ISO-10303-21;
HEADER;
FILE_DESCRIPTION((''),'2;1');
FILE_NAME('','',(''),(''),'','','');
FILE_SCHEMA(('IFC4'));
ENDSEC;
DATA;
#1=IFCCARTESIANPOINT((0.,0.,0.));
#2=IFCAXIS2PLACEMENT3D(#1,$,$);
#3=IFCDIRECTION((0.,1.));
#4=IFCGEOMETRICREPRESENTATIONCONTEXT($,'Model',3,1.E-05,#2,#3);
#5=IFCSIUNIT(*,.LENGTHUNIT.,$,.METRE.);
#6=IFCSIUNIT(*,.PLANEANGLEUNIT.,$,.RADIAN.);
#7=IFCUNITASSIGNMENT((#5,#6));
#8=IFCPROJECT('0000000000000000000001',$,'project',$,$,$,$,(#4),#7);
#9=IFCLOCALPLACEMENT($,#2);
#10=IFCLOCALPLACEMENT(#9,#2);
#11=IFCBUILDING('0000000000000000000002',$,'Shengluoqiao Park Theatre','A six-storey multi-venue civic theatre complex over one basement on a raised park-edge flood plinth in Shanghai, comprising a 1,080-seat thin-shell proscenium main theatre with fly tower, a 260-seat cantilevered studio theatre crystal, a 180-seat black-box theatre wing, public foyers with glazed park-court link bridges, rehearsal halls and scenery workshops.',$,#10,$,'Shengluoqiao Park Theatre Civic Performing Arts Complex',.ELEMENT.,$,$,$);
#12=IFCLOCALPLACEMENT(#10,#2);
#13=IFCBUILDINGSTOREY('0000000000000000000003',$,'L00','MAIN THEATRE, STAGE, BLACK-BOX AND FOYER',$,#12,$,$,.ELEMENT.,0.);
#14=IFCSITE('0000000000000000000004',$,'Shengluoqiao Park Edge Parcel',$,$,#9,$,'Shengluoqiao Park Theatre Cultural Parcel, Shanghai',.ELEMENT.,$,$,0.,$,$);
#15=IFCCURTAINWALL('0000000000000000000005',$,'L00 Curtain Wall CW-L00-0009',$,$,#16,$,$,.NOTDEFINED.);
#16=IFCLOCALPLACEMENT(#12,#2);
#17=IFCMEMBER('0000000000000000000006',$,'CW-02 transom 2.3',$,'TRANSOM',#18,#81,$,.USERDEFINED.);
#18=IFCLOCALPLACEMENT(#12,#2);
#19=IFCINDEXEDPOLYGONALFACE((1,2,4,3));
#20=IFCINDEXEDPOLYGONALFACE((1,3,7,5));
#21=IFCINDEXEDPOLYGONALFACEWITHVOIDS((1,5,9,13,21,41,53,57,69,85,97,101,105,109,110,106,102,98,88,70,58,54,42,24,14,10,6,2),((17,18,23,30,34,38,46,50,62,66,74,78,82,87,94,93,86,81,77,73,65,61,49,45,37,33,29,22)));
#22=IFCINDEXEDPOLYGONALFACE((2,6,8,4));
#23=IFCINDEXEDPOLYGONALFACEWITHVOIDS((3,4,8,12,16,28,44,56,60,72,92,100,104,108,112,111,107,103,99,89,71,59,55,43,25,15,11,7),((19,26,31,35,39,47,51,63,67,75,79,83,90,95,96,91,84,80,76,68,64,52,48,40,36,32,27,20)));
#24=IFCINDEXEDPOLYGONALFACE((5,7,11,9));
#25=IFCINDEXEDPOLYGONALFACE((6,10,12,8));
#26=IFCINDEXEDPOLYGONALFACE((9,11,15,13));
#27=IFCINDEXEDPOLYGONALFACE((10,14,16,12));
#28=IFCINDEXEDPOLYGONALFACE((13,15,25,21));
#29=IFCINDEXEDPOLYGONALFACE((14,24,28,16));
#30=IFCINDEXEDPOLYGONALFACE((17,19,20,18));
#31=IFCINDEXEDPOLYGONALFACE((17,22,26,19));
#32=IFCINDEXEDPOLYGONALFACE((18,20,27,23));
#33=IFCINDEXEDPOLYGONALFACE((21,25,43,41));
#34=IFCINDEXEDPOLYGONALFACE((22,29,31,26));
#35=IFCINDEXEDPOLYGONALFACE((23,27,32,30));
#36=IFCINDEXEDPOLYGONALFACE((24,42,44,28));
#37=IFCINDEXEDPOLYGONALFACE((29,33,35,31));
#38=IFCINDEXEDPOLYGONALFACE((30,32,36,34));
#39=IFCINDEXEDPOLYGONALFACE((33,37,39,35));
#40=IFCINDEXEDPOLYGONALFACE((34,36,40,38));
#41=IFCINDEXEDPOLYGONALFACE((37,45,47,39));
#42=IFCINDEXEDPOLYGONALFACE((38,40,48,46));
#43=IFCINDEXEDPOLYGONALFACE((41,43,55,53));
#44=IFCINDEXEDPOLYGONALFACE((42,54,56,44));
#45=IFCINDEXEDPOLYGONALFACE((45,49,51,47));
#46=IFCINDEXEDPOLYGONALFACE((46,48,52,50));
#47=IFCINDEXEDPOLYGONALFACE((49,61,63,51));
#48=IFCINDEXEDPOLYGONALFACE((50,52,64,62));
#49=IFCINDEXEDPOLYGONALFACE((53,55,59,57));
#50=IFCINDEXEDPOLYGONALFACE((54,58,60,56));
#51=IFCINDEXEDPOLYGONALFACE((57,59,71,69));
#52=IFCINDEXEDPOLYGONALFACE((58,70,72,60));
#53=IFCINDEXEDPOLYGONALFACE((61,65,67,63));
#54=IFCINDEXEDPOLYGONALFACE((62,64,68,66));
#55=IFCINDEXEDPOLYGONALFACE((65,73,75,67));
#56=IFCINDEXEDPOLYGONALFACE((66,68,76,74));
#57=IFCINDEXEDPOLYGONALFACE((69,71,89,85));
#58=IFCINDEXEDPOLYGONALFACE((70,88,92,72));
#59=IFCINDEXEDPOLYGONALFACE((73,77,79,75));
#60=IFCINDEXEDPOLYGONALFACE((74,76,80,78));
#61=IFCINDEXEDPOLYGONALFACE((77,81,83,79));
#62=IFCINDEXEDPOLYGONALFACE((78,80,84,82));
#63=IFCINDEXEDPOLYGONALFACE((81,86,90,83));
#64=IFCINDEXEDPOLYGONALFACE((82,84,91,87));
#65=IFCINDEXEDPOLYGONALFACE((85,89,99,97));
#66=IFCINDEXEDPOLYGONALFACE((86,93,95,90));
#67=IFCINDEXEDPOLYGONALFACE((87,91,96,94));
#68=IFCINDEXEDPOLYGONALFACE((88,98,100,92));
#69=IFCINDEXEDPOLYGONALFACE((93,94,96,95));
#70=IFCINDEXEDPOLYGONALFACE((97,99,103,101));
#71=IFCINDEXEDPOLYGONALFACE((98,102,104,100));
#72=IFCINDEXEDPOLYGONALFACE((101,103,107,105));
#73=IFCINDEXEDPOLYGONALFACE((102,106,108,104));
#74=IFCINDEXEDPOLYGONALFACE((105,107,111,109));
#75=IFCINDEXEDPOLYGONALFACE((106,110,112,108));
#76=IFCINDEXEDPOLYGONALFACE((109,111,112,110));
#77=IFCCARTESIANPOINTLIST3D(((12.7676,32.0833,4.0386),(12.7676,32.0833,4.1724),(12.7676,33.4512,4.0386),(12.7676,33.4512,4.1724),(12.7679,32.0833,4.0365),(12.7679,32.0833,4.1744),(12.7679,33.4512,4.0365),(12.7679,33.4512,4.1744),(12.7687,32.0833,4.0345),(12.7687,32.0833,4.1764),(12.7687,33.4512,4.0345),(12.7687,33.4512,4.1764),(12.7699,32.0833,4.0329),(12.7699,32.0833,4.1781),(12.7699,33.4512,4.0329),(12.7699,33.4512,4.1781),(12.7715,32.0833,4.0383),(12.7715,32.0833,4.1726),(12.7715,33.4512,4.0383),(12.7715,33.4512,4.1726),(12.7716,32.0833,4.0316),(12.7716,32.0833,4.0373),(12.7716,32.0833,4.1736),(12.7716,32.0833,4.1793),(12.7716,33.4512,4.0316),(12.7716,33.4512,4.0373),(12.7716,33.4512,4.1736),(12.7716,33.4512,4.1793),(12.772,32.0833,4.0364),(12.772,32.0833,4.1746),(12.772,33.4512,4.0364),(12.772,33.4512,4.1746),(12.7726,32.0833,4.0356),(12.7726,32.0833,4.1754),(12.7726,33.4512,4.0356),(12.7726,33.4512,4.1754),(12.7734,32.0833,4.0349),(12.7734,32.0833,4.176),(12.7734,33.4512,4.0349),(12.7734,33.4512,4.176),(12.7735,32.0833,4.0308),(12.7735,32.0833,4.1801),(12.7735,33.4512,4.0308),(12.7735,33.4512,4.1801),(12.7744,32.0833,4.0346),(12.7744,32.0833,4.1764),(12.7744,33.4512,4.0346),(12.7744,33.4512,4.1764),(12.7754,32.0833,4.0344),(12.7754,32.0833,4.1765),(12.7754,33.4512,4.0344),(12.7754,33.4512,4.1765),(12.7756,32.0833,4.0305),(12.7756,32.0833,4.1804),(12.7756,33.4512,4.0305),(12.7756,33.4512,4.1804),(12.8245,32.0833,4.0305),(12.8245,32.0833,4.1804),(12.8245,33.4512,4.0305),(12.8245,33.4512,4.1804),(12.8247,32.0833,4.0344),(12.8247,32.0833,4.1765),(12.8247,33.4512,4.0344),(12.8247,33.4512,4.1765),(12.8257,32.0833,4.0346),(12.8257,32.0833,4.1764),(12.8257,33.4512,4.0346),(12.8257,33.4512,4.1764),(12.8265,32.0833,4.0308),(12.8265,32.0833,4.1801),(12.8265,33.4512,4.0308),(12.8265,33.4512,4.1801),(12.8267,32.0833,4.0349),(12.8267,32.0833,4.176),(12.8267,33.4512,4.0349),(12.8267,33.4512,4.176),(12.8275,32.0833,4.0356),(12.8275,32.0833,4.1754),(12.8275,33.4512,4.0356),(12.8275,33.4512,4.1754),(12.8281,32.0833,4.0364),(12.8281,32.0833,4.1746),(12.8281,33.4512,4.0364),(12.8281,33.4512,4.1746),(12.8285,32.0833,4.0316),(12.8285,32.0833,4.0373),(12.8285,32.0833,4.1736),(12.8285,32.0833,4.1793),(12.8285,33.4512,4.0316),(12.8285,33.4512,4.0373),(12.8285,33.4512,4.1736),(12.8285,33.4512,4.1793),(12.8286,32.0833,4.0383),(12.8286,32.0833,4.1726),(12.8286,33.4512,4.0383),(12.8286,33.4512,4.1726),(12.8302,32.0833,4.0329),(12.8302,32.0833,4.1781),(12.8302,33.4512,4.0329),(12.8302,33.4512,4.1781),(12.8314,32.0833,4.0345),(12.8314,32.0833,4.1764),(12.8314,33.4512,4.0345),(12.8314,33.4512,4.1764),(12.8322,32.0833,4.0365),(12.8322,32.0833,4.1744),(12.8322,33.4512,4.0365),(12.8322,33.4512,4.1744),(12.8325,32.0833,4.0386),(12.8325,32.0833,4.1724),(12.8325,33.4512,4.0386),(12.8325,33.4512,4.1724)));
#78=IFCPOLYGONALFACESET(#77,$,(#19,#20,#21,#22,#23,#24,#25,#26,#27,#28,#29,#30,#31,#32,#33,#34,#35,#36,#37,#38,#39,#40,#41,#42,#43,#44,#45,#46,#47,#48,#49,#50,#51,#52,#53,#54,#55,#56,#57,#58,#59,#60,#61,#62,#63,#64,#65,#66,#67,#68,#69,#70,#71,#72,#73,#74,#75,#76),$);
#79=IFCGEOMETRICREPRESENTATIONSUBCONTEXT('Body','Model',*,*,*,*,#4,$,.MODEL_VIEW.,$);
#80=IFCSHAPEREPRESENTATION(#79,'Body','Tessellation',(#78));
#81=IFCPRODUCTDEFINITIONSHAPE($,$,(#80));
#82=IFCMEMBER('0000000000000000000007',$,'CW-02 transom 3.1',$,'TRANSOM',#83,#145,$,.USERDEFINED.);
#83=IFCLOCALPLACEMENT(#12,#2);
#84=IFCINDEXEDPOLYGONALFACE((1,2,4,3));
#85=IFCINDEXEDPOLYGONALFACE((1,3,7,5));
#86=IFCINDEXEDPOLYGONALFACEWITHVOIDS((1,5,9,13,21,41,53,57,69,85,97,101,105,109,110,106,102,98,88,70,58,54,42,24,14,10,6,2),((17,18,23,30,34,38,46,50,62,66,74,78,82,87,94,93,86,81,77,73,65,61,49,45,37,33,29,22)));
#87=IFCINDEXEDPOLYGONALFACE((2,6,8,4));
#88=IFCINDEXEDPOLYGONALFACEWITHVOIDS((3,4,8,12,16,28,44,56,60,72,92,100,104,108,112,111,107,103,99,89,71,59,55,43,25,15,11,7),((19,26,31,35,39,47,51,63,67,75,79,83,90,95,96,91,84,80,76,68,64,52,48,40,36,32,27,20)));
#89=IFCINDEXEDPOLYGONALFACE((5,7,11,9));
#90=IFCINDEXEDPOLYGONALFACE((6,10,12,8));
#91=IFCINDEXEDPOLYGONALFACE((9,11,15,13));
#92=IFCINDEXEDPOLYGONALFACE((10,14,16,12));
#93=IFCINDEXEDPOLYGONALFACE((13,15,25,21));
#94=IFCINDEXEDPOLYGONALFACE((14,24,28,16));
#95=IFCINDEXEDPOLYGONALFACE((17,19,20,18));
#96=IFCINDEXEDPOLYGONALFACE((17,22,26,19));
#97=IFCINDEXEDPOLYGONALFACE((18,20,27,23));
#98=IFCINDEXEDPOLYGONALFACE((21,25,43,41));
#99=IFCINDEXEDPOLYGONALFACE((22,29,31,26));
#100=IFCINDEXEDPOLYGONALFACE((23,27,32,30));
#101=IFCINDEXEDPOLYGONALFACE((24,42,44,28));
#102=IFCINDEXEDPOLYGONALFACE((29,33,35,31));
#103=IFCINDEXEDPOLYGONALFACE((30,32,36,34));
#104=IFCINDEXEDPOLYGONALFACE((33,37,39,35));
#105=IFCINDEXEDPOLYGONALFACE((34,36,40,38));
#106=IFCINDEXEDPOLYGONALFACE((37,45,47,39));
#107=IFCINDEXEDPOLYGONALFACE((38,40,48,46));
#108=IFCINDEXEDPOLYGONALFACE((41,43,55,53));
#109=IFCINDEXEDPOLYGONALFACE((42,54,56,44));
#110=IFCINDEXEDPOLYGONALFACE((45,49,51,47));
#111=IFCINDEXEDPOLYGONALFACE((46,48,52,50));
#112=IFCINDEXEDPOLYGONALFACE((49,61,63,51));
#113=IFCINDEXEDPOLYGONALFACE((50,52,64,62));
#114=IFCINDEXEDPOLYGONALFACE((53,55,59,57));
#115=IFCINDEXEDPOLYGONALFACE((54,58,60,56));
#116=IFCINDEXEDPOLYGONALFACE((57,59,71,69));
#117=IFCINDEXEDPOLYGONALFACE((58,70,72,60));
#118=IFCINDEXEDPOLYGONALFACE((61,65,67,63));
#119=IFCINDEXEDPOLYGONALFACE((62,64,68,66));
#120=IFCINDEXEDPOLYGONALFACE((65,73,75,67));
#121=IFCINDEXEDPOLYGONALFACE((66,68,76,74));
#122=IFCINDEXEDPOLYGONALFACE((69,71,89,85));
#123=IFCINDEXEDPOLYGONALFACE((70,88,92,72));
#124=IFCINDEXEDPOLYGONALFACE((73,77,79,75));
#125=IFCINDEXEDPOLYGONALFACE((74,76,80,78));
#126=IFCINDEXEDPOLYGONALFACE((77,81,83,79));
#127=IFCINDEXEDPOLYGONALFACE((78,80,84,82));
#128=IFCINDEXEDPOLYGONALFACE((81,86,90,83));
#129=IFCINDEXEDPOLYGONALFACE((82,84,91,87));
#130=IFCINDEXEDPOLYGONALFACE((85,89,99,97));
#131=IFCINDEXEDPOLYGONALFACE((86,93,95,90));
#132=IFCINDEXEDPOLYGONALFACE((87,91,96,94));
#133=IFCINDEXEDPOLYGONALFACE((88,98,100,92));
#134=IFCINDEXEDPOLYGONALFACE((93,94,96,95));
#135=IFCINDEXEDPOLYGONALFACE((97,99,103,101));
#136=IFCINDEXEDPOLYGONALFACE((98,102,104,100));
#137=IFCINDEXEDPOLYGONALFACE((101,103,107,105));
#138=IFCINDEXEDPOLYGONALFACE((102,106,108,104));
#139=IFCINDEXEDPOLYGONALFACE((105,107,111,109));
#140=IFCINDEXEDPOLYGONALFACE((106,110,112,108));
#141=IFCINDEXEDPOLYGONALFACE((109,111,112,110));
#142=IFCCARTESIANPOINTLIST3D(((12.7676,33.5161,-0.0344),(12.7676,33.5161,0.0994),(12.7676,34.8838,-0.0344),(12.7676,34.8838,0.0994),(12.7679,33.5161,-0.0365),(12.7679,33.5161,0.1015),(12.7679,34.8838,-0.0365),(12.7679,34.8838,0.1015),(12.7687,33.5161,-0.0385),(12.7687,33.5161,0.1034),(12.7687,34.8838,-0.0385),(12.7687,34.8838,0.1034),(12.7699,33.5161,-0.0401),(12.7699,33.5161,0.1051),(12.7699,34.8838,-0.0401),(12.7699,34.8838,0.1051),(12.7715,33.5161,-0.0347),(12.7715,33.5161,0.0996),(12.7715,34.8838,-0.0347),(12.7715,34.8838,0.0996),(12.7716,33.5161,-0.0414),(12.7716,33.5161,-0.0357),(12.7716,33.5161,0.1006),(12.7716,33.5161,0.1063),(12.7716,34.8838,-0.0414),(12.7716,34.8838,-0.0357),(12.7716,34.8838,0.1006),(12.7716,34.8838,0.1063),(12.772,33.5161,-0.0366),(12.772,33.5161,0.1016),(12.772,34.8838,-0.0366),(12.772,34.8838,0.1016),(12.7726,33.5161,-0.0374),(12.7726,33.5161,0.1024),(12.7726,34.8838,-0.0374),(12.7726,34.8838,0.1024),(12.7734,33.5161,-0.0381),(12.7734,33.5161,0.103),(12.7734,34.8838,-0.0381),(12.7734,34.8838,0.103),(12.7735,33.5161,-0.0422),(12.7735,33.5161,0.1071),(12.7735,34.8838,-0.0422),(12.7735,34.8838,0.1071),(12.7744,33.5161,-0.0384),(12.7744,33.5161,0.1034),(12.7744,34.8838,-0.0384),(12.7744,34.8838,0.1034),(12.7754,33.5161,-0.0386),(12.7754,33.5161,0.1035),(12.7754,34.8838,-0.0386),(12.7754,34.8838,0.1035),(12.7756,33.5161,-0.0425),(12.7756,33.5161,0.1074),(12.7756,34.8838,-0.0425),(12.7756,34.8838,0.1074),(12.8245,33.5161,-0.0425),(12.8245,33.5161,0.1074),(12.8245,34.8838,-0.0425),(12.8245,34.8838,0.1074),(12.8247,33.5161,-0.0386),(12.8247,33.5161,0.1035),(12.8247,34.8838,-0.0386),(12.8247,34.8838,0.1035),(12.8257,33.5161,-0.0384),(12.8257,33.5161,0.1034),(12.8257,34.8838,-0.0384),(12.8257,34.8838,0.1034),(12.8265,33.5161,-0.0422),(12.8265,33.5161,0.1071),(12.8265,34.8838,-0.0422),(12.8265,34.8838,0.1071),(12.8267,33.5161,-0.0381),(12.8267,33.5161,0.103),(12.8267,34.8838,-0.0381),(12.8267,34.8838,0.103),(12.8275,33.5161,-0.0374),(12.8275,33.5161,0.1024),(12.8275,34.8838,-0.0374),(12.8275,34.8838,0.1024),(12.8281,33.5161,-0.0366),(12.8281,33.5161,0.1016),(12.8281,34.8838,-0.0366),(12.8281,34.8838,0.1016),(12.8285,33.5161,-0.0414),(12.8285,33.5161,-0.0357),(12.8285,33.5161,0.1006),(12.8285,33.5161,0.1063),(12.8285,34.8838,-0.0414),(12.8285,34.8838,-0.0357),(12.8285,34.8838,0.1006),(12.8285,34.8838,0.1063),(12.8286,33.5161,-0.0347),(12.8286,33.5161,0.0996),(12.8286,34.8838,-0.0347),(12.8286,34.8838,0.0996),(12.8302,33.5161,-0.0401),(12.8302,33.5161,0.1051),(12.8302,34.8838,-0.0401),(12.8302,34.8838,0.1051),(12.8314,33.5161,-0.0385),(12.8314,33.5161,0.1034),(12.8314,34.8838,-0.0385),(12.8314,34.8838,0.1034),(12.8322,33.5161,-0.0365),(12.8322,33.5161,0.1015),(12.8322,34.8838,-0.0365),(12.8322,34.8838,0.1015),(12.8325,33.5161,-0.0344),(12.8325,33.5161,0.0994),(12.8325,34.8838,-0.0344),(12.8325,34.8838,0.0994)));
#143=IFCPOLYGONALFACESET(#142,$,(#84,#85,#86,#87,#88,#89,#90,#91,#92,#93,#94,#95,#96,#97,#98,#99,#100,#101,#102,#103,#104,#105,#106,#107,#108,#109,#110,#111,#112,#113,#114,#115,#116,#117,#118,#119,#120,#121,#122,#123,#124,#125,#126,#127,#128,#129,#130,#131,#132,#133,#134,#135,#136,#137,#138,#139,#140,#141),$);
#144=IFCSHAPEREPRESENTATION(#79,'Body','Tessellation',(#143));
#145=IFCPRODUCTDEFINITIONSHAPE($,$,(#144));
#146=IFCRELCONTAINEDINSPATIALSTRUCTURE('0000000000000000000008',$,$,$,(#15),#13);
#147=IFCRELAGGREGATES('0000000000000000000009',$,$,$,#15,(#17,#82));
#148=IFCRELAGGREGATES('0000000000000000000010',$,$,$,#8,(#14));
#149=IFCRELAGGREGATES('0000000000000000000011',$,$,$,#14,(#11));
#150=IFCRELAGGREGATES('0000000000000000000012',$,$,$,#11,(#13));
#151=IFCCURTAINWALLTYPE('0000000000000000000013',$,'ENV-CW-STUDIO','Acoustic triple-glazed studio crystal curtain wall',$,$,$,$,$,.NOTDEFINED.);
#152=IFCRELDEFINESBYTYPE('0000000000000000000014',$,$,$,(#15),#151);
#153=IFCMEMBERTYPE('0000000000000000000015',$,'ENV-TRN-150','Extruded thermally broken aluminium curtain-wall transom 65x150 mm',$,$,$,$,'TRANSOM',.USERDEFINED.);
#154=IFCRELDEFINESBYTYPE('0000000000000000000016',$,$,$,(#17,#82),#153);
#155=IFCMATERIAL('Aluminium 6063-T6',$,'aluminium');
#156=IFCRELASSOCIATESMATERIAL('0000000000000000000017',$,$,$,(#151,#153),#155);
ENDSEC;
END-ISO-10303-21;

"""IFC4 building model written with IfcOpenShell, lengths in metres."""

from ifc_helpers import new_model, si_unit, direction, frame, origin, origin_2d, place, context, subcontext, project, spatial, hollow_rectangle, extrude, material, material_profile, profile_set, type_object, element, aggregate, save


model = new_model("IFC4")

# Units and contexts
model_context = context("Model", 3, precision=1e-05, world=origin(), true_north=direction((0.0, 1.0)))
body_context = subcontext(model_context, "Body", "Model", "MODEL_VIEW")
ifc_project = project(units=[si_unit("LENGTHUNIT", "METRE"), si_unit("PLANEANGLEUNIT", "RADIAN")], contexts=[model_context])

# Site, building, storey
site_placement = place(None, origin())
site = spatial("IfcSite", under=ifc_project, at=site_placement, Name="Shengluoqiao Park Edge Parcel", LongName="Shengluoqiao Park Theatre Cultural Parcel, Shanghai", CompositionType="ELEMENT", RefElevation=0.0)
building_placement = place(site_placement, origin())
building = spatial("IfcBuilding", under=site, at=building_placement, Name="Shengluoqiao Park Theatre", Description="A six-storey multi-venue civic theatre complex over one basement on a raised park-edge flood plinth in Shanghai, comprising a 1,080-seat thin-shell proscenium main theatre with fly tower, a 260-seat cantilevered studio theatre crystal, a 180-seat black-box theatre wing, public foyers with glazed park-court link bridges, rehearsal halls and scenery workshops.", LongName="Shengluoqiao Park Theatre Civic Performing Arts Complex", CompositionType="ELEMENT")
storey_placement = place(building_placement, origin())
storey = spatial("IfcBuildingStorey", under=building, at=storey_placement, Name="L00", Description="MAIN THEATRE, STAGE, BLACK-BOX AND FOYER", CompositionType="ELEMENT", Elevation=0.0)

# Shared definitions
ifc_material_1 = material(Name="Aluminium 6063-T6", Category="aluminium")
curtain_wall_type = type_object("IfcCurtainWallType", Name="ENV-CW-STUDIO", Description="Acoustic triple-glazed studio crystal curtain wall", PredefinedType="NOTDEFINED", material=ifc_material_1)

# Curtain wall
curtain_wall_1_placement = place(storey_placement, origin())
curtain_wall_1 = element("IfcCurtainWall", 1, at=curtain_wall_1_placement, inside=storey, type_object=curtain_wall_type, Name="L00 Curtain Wall CW-L00-0009", PredefinedType="NOTDEFINED")

# Members
ifc_material_profile_1 = material_profile(ifc_material_1, hollow_rectangle(XDim=0.0649, YDim=0.1499, WallThickness=0.0039, InnerFilletRadius=0.0039, OuterFilletRadius=0.0081, at=origin_2d()), Name="ALU TRANSOM 150x65x4")
ifc_profile_set_1 = profile_set([ifc_material_profile_1], Name="Aluminium 6063-T6")
member_type_1 = type_object("IfcMemberType", Name="ENV-TRN-150", Description="Extruded thermally broken aluminium curtain-wall transom 65x150 mm", ElementType="TRANSOM", PredefinedType="USERDEFINED", material=ifc_profile_set_1)
member_1_placement = place(storey_placement, frame((12.8, 32.0833, 4.1055), z_axis=(0.0, 1.0, 0.0), x_axis=(-1.0, 0.0, 0.0)))
member_1 = element("IfcMember", 2, at=member_1_placement, type_object=member_type_1, Name="CW-02 transom 2.3", ObjectType="TRANSOM", PredefinedType="USERDEFINED", context=body_context, shape_type="SweptSolid", body=[
    extrude(hollow_rectangle(XDim=0.0649, YDim=0.1499, WallThickness=0.0039, InnerFilletRadius=0.0039, OuterFilletRadius=0.0081, at=origin_2d()), origin(), (0.0, 0.0, 1.0), 1.3679),
])
member_2_placement = place(storey_placement, frame((12.8, 33.5161, 0.0325), z_axis=(0.0, 1.0, 0.0), x_axis=(-1.0, 0.0, 0.0)))
member_2 = element("IfcMember", 3, at=member_2_placement, type_object=member_type_1, Name="CW-02 transom 3.1", ObjectType="TRANSOM", PredefinedType="USERDEFINED", context=body_context, shape_type="SweptSolid", body=[
    extrude(hollow_rectangle(XDim=0.0649, YDim=0.1499, WallThickness=0.0039, InnerFilletRadius=0.0039, OuterFilletRadius=0.0081, at=origin_2d()), origin(), (0.0, 0.0, 1.0), 1.3677),
])

aggregate(curtain_wall_1, [member_1, member_2])

save(model, "model.ifc")
